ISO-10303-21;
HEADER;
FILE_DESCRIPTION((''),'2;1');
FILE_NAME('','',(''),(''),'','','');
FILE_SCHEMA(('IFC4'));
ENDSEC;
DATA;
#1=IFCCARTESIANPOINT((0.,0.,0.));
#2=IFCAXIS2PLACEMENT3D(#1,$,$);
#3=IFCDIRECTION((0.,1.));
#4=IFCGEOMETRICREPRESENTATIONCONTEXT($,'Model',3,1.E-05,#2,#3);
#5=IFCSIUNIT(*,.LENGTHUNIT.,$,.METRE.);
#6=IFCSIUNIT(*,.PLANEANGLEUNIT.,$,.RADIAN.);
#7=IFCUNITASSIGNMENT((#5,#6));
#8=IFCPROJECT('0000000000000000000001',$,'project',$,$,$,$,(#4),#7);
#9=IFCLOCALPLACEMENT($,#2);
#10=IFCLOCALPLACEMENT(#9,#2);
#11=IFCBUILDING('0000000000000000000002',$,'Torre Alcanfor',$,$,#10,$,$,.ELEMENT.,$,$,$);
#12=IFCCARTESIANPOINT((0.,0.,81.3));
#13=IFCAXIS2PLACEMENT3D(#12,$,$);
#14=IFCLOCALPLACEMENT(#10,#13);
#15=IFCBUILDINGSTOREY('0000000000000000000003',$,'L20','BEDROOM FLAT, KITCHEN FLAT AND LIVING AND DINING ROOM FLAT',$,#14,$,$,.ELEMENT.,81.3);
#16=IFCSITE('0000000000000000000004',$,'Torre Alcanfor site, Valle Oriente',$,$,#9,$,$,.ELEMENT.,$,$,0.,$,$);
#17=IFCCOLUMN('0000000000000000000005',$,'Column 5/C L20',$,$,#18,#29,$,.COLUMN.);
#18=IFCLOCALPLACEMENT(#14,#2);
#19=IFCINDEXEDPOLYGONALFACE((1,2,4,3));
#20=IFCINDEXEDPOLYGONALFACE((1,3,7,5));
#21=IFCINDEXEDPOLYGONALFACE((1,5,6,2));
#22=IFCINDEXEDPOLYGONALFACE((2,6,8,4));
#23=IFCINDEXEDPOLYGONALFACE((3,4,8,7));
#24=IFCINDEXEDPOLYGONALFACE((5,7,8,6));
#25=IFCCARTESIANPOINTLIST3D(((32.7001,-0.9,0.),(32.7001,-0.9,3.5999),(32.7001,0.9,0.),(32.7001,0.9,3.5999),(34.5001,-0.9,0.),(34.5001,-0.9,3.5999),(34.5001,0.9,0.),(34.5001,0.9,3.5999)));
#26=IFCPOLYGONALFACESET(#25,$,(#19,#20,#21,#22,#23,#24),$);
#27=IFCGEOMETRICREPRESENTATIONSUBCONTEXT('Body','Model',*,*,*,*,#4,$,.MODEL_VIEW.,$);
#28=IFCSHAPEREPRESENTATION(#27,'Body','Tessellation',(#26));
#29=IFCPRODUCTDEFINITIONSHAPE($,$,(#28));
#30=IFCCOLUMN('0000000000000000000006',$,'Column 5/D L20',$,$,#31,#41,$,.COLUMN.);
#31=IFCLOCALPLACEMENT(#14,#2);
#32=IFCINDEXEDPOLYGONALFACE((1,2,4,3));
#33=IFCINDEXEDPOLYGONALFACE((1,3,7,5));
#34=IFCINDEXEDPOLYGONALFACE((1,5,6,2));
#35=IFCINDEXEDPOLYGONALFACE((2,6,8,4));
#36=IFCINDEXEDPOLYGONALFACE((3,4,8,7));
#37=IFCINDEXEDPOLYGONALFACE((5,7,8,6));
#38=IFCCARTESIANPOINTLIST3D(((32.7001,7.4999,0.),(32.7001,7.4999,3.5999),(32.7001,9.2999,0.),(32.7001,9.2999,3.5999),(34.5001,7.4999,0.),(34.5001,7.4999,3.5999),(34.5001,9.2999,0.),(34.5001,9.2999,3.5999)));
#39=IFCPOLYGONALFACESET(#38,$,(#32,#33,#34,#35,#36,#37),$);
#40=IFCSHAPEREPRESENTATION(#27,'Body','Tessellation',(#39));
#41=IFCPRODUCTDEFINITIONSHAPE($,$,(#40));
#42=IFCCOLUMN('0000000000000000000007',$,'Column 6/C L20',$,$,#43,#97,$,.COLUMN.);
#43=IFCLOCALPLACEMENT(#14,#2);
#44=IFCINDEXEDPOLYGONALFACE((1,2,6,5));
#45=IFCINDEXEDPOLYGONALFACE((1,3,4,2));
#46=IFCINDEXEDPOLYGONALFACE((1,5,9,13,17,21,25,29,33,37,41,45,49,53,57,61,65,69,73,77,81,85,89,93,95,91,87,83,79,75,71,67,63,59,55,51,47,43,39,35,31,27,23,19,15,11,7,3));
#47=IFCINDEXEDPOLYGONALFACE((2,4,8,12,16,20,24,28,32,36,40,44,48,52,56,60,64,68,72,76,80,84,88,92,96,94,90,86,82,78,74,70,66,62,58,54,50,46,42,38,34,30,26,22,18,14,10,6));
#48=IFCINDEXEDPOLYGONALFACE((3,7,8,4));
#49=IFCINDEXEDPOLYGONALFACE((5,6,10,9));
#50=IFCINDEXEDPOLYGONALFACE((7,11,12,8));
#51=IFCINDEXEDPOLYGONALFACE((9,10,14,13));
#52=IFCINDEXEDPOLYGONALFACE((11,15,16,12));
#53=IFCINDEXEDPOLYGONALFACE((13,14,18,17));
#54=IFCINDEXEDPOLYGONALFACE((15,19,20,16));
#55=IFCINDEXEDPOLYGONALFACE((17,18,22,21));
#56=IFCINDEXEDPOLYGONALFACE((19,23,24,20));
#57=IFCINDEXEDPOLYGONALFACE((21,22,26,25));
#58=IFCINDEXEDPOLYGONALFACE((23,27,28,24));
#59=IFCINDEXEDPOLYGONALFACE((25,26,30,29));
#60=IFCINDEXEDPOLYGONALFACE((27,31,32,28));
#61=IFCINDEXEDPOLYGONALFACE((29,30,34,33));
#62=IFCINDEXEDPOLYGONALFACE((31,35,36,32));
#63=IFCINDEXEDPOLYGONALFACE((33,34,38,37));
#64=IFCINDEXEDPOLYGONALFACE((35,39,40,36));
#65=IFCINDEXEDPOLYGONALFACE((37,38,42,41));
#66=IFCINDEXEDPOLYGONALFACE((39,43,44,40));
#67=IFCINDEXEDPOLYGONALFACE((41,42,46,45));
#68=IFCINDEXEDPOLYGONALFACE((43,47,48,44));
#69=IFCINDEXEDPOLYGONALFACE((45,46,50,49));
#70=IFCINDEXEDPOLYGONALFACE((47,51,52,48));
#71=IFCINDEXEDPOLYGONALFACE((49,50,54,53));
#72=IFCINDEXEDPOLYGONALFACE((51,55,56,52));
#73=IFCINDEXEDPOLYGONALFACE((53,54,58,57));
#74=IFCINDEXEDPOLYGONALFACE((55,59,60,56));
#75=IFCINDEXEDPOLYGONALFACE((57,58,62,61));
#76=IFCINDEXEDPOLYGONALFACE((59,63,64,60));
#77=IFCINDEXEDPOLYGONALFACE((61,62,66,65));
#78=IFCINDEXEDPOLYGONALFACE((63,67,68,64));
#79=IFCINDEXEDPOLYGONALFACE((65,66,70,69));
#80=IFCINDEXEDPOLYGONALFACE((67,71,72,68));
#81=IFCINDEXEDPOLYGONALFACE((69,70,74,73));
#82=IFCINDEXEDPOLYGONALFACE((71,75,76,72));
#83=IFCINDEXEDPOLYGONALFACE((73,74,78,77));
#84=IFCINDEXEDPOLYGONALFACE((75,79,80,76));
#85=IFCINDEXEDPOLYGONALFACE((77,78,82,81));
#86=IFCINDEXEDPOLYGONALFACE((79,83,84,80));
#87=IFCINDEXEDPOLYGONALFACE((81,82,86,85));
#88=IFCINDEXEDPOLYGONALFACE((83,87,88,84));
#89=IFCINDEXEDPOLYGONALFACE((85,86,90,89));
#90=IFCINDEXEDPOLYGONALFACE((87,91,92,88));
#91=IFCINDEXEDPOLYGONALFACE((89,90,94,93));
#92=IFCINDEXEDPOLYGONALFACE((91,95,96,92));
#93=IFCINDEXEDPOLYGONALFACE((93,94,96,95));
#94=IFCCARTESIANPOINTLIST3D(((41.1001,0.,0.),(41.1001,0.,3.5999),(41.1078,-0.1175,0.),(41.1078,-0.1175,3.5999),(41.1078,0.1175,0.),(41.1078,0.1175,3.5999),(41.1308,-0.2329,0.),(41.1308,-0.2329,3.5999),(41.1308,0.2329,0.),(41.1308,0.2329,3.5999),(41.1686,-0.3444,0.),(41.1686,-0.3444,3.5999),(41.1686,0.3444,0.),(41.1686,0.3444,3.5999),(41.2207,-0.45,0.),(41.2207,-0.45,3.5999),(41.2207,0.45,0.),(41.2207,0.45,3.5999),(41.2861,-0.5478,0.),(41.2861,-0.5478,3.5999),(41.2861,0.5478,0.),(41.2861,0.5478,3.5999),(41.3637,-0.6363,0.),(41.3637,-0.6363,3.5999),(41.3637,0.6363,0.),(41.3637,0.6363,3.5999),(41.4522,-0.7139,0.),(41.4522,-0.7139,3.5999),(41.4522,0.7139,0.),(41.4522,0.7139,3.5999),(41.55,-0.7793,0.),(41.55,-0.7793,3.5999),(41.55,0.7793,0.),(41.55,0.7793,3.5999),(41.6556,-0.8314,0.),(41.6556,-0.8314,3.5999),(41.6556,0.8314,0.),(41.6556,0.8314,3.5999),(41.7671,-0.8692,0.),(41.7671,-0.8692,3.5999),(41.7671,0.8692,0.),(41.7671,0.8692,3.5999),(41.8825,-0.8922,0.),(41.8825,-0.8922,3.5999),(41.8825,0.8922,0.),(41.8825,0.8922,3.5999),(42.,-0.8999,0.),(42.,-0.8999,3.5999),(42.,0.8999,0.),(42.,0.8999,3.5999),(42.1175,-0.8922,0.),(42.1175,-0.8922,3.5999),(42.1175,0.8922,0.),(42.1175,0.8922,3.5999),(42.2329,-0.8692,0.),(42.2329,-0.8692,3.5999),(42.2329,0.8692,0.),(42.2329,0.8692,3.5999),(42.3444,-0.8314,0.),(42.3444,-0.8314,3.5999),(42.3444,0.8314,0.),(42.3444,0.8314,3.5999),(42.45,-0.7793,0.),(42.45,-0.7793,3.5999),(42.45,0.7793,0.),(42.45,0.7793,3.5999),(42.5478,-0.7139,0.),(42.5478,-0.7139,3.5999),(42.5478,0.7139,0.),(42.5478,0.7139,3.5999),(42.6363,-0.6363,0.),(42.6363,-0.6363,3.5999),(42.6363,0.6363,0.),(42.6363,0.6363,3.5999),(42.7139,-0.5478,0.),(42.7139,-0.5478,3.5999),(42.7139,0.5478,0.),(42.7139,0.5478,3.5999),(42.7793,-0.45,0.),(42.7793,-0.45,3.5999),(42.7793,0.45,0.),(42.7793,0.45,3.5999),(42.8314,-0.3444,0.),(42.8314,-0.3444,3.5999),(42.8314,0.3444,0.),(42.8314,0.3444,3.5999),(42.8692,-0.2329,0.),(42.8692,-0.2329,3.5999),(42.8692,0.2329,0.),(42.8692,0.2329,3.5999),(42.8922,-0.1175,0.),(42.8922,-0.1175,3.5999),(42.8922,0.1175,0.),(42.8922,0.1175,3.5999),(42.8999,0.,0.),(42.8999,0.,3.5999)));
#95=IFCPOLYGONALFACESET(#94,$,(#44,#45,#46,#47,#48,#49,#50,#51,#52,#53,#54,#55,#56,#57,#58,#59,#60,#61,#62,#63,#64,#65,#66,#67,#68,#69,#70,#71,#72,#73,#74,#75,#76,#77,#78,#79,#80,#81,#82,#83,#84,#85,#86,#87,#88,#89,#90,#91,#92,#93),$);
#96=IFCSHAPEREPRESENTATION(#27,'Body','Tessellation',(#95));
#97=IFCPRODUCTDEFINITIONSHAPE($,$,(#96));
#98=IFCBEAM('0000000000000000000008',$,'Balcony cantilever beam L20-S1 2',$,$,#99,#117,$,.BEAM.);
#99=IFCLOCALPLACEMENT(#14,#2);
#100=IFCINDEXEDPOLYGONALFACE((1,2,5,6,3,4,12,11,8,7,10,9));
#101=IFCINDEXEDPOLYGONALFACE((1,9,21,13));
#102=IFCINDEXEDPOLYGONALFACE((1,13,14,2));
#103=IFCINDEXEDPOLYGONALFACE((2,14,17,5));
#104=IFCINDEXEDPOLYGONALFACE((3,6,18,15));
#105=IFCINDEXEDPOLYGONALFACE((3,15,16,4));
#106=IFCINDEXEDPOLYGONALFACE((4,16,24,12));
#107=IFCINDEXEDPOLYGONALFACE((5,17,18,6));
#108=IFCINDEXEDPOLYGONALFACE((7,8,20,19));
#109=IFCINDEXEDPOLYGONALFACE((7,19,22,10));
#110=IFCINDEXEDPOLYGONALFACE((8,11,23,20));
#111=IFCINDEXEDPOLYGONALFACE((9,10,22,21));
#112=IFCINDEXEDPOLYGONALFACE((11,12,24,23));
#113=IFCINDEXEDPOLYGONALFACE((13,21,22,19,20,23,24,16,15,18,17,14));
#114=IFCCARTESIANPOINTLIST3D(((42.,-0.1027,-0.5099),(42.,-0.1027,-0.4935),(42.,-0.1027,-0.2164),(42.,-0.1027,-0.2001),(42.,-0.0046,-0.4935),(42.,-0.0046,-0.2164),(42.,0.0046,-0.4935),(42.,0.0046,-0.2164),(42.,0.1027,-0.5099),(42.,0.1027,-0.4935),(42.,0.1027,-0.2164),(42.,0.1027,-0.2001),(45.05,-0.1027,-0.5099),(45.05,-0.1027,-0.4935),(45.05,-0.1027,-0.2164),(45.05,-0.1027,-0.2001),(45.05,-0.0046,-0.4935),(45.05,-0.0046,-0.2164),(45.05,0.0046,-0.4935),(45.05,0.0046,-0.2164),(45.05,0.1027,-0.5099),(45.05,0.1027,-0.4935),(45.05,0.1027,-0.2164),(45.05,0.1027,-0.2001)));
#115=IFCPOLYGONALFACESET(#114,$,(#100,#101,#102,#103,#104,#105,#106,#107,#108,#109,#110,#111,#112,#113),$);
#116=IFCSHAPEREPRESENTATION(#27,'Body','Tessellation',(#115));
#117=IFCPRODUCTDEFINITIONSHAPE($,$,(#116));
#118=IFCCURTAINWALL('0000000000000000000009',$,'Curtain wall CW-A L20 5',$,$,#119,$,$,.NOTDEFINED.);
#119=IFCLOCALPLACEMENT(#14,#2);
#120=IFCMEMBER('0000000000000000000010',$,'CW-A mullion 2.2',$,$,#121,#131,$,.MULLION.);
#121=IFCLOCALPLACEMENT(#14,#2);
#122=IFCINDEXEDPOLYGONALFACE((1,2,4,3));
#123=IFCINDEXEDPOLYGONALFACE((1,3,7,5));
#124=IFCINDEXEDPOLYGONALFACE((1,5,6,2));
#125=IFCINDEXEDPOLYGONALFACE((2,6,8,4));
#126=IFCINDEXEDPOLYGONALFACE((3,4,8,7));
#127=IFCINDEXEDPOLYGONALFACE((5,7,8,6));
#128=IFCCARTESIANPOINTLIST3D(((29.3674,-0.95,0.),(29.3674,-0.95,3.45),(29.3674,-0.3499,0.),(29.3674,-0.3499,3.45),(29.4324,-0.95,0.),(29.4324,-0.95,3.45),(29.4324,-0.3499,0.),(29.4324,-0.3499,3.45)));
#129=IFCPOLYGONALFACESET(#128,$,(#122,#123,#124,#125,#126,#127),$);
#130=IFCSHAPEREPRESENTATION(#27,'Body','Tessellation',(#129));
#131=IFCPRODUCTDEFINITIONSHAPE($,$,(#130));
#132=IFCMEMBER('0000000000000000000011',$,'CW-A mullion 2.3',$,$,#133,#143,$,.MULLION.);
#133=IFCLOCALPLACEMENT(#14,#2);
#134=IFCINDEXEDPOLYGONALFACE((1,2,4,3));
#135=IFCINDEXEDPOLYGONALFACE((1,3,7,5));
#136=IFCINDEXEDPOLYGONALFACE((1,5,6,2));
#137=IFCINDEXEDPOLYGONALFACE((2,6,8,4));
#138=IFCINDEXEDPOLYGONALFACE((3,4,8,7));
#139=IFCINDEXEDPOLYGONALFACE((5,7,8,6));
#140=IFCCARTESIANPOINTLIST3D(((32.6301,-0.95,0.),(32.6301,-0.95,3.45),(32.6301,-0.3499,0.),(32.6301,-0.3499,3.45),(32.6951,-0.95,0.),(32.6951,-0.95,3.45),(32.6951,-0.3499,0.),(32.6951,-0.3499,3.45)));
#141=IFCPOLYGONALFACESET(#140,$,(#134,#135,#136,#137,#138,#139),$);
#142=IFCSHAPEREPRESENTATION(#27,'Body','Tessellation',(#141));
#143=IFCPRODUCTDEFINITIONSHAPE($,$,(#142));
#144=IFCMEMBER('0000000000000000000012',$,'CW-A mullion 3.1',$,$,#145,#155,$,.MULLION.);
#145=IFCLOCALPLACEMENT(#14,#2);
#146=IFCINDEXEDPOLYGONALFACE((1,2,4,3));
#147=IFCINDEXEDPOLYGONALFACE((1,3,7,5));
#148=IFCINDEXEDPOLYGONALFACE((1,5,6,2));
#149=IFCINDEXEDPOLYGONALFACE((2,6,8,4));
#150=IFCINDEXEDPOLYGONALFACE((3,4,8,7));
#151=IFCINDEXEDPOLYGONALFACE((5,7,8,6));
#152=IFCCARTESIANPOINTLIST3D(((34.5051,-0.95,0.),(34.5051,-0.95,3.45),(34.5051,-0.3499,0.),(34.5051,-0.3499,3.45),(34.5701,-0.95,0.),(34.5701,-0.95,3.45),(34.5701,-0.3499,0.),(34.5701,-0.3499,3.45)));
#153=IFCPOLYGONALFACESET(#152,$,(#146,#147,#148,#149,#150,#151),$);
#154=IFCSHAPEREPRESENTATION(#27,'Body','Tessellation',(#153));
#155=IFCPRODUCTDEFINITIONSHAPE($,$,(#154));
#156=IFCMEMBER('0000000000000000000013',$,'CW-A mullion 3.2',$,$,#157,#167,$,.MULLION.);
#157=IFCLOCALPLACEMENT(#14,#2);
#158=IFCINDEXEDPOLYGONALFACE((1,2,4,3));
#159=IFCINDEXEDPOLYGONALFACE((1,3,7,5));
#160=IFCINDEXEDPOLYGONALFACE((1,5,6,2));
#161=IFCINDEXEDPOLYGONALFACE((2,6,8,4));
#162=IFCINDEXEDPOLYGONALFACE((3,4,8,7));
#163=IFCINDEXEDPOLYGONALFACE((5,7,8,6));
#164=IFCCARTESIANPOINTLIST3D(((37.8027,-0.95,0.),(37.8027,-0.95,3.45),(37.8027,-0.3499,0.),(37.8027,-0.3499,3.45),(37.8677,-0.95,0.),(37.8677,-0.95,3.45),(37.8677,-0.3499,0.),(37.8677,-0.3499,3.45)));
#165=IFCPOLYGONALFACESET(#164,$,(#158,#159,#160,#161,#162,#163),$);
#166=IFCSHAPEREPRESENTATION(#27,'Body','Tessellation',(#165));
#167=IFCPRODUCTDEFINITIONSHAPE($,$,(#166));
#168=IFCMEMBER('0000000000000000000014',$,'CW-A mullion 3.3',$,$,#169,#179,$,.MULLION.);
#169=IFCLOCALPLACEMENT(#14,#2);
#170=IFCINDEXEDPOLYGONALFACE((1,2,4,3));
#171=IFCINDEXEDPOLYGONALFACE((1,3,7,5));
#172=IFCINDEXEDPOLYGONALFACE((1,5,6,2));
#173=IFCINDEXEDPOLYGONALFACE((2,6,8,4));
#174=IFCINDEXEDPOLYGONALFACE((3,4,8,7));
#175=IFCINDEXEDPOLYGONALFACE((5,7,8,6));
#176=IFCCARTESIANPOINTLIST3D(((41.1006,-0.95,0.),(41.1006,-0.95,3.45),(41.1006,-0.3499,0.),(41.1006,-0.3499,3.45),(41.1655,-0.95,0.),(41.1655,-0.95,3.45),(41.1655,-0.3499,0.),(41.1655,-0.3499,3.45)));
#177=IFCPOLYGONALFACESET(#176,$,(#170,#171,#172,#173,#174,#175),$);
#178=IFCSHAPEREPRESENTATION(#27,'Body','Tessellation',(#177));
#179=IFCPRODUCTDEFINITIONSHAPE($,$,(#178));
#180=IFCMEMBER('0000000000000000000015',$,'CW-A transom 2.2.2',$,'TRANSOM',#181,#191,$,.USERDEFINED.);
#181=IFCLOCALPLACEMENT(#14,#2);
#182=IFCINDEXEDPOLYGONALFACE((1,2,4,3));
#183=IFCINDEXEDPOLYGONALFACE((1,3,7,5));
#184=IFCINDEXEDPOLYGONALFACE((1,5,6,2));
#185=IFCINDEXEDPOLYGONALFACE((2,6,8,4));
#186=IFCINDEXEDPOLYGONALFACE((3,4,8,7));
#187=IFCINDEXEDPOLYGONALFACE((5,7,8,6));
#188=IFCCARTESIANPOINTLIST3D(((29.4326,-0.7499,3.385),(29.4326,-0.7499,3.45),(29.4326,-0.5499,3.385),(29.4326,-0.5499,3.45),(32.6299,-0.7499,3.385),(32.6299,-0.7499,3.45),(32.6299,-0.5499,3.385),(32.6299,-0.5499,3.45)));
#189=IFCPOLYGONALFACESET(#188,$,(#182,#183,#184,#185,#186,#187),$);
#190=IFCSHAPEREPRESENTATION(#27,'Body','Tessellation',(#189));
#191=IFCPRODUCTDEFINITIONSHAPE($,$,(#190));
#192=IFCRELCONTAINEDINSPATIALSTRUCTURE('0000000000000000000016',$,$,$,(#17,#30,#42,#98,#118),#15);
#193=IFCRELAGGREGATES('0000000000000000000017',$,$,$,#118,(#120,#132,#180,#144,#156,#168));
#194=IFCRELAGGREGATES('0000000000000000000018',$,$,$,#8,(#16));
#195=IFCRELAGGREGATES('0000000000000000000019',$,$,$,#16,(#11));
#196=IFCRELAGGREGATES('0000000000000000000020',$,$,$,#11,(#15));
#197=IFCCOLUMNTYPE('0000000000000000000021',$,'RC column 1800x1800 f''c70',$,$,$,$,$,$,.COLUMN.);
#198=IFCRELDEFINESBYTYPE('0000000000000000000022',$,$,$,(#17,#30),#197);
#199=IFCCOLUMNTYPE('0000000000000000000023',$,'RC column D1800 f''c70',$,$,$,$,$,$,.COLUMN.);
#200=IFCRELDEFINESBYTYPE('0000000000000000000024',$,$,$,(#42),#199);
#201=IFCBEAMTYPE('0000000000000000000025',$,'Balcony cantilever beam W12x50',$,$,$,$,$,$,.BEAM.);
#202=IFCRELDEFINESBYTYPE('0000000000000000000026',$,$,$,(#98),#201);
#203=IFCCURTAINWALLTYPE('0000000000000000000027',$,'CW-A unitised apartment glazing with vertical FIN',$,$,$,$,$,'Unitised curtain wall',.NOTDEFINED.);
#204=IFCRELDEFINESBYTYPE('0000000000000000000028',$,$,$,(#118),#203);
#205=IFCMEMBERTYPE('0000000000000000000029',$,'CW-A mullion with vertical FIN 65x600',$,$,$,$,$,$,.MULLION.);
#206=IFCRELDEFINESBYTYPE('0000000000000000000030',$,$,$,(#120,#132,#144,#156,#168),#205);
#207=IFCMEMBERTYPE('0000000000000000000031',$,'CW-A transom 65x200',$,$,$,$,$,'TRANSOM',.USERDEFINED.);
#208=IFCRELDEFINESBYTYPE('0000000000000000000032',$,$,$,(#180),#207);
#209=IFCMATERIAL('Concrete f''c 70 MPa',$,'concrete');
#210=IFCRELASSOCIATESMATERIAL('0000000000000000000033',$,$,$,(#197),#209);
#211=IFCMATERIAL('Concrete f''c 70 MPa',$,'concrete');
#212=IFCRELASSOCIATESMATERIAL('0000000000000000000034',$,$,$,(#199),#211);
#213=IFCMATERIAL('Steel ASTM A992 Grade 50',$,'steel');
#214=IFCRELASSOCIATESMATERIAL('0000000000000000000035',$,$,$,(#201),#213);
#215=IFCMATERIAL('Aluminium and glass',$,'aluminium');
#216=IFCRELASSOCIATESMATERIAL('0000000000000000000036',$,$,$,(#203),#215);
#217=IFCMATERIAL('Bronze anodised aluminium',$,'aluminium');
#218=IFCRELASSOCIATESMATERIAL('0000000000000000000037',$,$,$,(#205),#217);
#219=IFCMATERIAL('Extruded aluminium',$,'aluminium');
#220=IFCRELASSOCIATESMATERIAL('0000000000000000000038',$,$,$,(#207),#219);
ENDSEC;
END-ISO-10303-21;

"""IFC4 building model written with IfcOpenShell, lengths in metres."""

from ifc_helpers import new_model, si_unit, direction, frame, origin, origin_2d, place, context, subcontext, project, spatial, rectangle, circle, i_section, extrude, material, material_profile, profile_set, type_object, element, aggregate, save


model = new_model("IFC4")

# Units and contexts
model_context = context("Model", 3, precision=1e-05, world=origin(), true_north=direction((0.0, 1.0)))
body_context = subcontext(model_context, "Body", "Model", "MODEL_VIEW")
ifc_project = project(units=[si_unit("LENGTHUNIT", "METRE"), si_unit("PLANEANGLEUNIT", "RADIAN")], contexts=[model_context])

# Site, building, storey
site_placement = place(None, origin())
site = spatial("IfcSite", under=ifc_project, at=site_placement, Name="Torre Alcanfor site, Valle Oriente", CompositionType="ELEMENT", RefElevation=0.0)
building_placement = place(site_placement, origin())
building = spatial("IfcBuilding", under=site, at=building_placement, Name="Torre Alcanfor", CompositionType="ELEMENT")
storey_placement = place(building_placement, frame((0.0, 0.0, 81.3)))
storey = spatial("IfcBuildingStorey", under=building, at=storey_placement, Name="L20", Description="BEDROOM FLAT, KITCHEN FLAT AND LIVING AND DINING ROOM FLAT", CompositionType="ELEMENT", Elevation=81.3)

# Columns
ifc_material_1 = material(Name="Concrete f'c 70 MPa", Category="concrete")
ifc_material_profile_1 = material_profile(ifc_material_1, rectangle(XDim=1.8, YDim=1.8, at=origin_2d()), Name="1800x1800")
ifc_profile_set_1 = profile_set([ifc_material_profile_1], Name="Concrete f'c 70 MPa")
column_type_1 = type_object("IfcColumnType", Name="RC column 1800x1800 f'c70", PredefinedType="COLUMN", material=ifc_profile_set_1)
for number, where, z_axis, x_axis, name in (
    (1, (33.6001, 0.0, 0.0), (0.0, 0.0, 1.0), (1.0, 0.0, 0.0), "Column 5/C L20"),
    (2, (33.6001, 8.3999, 0.0), (0.0, 0.0, 1.0), (1.0, 0.0, 0.0), "Column 5/D L20"),
):
    element("IfcColumn", number, at=place(storey_placement, frame(where, z_axis=z_axis, x_axis=x_axis)), inside=storey, type_object=column_type_1, Name=name, PredefinedType="COLUMN", context=body_context, shape_type="SweptSolid", body=[
        extrude(rectangle(XDim=1.8, YDim=1.8, at=origin_2d()), origin(), (0.0, 0.0, 1.0), 3.5999),
    ])
ifc_material_2 = material(Name="Concrete f'c 70 MPa", Category="concrete")
ifc_material_profile_2 = material_profile(ifc_material_2, circle(Radius=0.8999, at=origin_2d()), Name="D1800")
ifc_profile_set_2 = profile_set([ifc_material_profile_2], Name="Concrete f'c 70 MPa")
column_type_2 = type_object("IfcColumnType", Name="RC column D1800 f'c70", PredefinedType="COLUMN", material=ifc_profile_set_2)
column_placement = place(storey_placement, frame((42.0, 0.0, 0.0), z_axis=(0.0, 0.0, 1.0), x_axis=(1.0, 0.0, 0.0)))
element("IfcColumn", 3, at=column_placement, inside=storey, type_object=column_type_2, Name="Column 6/C L20", PredefinedType="COLUMN", context=body_context, shape_type="SweptSolid", body=[
    extrude(circle(Radius=0.8999, at=origin_2d()), origin(), (0.0, 0.0, 1.0), 3.5999),
])

# Beam
ifc_material_3 = material(Name="Steel ASTM A992 Grade 50", Category="steel")
ifc_material_profile_3 = material_profile(ifc_material_3, i_section(OverallWidth=0.2053, OverallDepth=0.3098, WebThickness=0.0093, FlangeThickness=0.0164, at=origin_2d()), Name="W12x50")
ifc_profile_set_3 = profile_set([ifc_material_profile_3], Name="Steel ASTM A992 Grade 50")
beam_type_1 = type_object("IfcBeamType", Name="Balcony cantilever beam W12x50", PredefinedType="BEAM", material=ifc_profile_set_3)
beam_1_placement = place(storey_placement, frame((42.0, 0.0, -0.355), z_axis=(1.0, 0.0, 0.0), x_axis=(0.0, 1.0, 0.0)))
element("IfcBeam", 4, at=beam_1_placement, inside=storey, type_object=beam_type_1, Name="Balcony cantilever beam L20-S1 2", PredefinedType="BEAM", context=body_context, shape_type="SweptSolid", body=[
    extrude(i_section(OverallWidth=0.2053, OverallDepth=0.3098, WebThickness=0.0093, FlangeThickness=0.0164, at=origin_2d()), origin(), (0.0, 0.0, 1.0), 3.05),
])

# Curtain wall, members
ifc_material_4 = material(Name="Aluminium and glass", Category="aluminium")
curtain_wall_type = type_object("IfcCurtainWallType", Name="CW-A unitised apartment glazing with vertical FIN", ElementType="Unitised curtain wall", PredefinedType="NOTDEFINED", material=ifc_material_4)
curtain_wall_placement = place(storey_placement, origin())
curtain_wall = element("IfcCurtainWall", 5, at=curtain_wall_placement, inside=storey, type_object=curtain_wall_type, Name="Curtain wall CW-A L20 5", PredefinedType="NOTDEFINED")
ifc_material_5 = material(Name="Bronze anodised aluminium", Category="aluminium")
ifc_material_profile_4 = material_profile(ifc_material_5, rectangle(XDim=0.6001, YDim=0.0649, at=origin_2d()), Name="CW-A mullion 65x600")
ifc_profile_set_4 = profile_set([ifc_material_profile_4], Name="Bronze anodised aluminium")
member_type_1 = type_object("IfcMemberType", Name="CW-A mullion with vertical FIN 65x600", PredefinedType="MULLION", material=ifc_profile_set_4)
member_1_placement = place(storey_placement, frame((29.3999, -0.6499, 0.0), z_axis=(0.0, 0.0, 1.0), x_axis=(0.0, 1.0, 0.0)))
member_1 = element("IfcMember", 6, at=member_1_placement, type_object=member_type_1, Name="CW-A mullion 2.2", PredefinedType="MULLION", context=body_context, shape_type="SweptSolid", body=[
    extrude(rectangle(XDim=0.6001, YDim=0.0649, at=origin_2d()), origin(), (0.0, 0.0, 1.0), 3.45),
])
member_2_placement = place(storey_placement, frame((32.6626, -0.6499, 0.0), z_axis=(0.0, 0.0, 1.0), x_axis=(0.0, 1.0, 0.0)))
member_2 = element("IfcMember", 7, at=member_2_placement, type_object=member_type_1, Name="CW-A mullion 2.3", PredefinedType="MULLION", context=body_context, shape_type="SweptSolid", body=[
    extrude(rectangle(XDim=0.6001, YDim=0.0649, at=origin_2d()), origin(), (0.0, 0.0, 1.0), 3.45),
])
member_3_placement = place(storey_placement, frame((34.5376, -0.6499, 0.0), z_axis=(0.0, 0.0, 1.0), x_axis=(0.0, 1.0, 0.0)))
member_3 = element("IfcMember", 8, at=member_3_placement, type_object=member_type_1, Name="CW-A mullion 3.1", PredefinedType="MULLION", context=body_context, shape_type="SweptSolid", body=[
    extrude(rectangle(XDim=0.6001, YDim=0.0649, at=origin_2d()), origin(), (0.0, 0.0, 1.0), 3.45),
])
member_4_placement = place(storey_placement, frame((37.8352, -0.6499, 0.0), z_axis=(0.0, 0.0, 1.0), x_axis=(0.0, 1.0, 0.0)))
member_4 = element("IfcMember", 9, at=member_4_placement, type_object=member_type_1, Name="CW-A mullion 3.2", PredefinedType="MULLION", context=body_context, shape_type="SweptSolid", body=[
    extrude(rectangle(XDim=0.6001, YDim=0.0649, at=origin_2d()), origin(), (0.0, 0.0, 1.0), 3.45),
])
member_5_placement = place(storey_placement, frame((41.1331, -0.6499, 0.0), z_axis=(0.0, 0.0, 1.0), x_axis=(0.0, 1.0, 0.0)))
member_5 = element("IfcMember", 10, at=member_5_placement, type_object=member_type_1, Name="CW-A mullion 3.3", PredefinedType="MULLION", context=body_context, shape_type="SweptSolid", body=[
    extrude(rectangle(XDim=0.6001, YDim=0.0649, at=origin_2d()), origin(), (0.0, 0.0, 1.0), 3.45),
])
ifc_material_6 = material(Name="Extruded aluminium", Category="aluminium")
ifc_material_profile_5 = material_profile(ifc_material_6, rectangle(XDim=0.2, YDim=0.0649, at=origin_2d()), Name="CW-A transom 200x65")
ifc_profile_set_5 = profile_set([ifc_material_profile_5], Name="Extruded aluminium")
member_type_2 = type_object("IfcMemberType", Name="CW-A transom 65x200", ElementType="TRANSOM", PredefinedType="USERDEFINED", material=ifc_profile_set_5)
member_6_placement = place(storey_placement, frame((29.4326, -0.6499, 3.4175), z_axis=(1.0, 0.0, 0.0), x_axis=(0.0, 1.0, 0.0)))
member_6 = element("IfcMember", 11, at=member_6_placement, type_object=member_type_2, Name="CW-A transom 2.2.2", ObjectType="TRANSOM", PredefinedType="USERDEFINED", context=body_context, shape_type="SweptSolid", body=[
    extrude(rectangle(XDim=0.2, YDim=0.0649, at=origin_2d()), origin(), (0.0, 0.0, 1.0), 3.1973),
])

aggregate(curtain_wall, [member_1, member_2, member_6, member_3, member_4, member_5])

save(model, "model.ifc")
